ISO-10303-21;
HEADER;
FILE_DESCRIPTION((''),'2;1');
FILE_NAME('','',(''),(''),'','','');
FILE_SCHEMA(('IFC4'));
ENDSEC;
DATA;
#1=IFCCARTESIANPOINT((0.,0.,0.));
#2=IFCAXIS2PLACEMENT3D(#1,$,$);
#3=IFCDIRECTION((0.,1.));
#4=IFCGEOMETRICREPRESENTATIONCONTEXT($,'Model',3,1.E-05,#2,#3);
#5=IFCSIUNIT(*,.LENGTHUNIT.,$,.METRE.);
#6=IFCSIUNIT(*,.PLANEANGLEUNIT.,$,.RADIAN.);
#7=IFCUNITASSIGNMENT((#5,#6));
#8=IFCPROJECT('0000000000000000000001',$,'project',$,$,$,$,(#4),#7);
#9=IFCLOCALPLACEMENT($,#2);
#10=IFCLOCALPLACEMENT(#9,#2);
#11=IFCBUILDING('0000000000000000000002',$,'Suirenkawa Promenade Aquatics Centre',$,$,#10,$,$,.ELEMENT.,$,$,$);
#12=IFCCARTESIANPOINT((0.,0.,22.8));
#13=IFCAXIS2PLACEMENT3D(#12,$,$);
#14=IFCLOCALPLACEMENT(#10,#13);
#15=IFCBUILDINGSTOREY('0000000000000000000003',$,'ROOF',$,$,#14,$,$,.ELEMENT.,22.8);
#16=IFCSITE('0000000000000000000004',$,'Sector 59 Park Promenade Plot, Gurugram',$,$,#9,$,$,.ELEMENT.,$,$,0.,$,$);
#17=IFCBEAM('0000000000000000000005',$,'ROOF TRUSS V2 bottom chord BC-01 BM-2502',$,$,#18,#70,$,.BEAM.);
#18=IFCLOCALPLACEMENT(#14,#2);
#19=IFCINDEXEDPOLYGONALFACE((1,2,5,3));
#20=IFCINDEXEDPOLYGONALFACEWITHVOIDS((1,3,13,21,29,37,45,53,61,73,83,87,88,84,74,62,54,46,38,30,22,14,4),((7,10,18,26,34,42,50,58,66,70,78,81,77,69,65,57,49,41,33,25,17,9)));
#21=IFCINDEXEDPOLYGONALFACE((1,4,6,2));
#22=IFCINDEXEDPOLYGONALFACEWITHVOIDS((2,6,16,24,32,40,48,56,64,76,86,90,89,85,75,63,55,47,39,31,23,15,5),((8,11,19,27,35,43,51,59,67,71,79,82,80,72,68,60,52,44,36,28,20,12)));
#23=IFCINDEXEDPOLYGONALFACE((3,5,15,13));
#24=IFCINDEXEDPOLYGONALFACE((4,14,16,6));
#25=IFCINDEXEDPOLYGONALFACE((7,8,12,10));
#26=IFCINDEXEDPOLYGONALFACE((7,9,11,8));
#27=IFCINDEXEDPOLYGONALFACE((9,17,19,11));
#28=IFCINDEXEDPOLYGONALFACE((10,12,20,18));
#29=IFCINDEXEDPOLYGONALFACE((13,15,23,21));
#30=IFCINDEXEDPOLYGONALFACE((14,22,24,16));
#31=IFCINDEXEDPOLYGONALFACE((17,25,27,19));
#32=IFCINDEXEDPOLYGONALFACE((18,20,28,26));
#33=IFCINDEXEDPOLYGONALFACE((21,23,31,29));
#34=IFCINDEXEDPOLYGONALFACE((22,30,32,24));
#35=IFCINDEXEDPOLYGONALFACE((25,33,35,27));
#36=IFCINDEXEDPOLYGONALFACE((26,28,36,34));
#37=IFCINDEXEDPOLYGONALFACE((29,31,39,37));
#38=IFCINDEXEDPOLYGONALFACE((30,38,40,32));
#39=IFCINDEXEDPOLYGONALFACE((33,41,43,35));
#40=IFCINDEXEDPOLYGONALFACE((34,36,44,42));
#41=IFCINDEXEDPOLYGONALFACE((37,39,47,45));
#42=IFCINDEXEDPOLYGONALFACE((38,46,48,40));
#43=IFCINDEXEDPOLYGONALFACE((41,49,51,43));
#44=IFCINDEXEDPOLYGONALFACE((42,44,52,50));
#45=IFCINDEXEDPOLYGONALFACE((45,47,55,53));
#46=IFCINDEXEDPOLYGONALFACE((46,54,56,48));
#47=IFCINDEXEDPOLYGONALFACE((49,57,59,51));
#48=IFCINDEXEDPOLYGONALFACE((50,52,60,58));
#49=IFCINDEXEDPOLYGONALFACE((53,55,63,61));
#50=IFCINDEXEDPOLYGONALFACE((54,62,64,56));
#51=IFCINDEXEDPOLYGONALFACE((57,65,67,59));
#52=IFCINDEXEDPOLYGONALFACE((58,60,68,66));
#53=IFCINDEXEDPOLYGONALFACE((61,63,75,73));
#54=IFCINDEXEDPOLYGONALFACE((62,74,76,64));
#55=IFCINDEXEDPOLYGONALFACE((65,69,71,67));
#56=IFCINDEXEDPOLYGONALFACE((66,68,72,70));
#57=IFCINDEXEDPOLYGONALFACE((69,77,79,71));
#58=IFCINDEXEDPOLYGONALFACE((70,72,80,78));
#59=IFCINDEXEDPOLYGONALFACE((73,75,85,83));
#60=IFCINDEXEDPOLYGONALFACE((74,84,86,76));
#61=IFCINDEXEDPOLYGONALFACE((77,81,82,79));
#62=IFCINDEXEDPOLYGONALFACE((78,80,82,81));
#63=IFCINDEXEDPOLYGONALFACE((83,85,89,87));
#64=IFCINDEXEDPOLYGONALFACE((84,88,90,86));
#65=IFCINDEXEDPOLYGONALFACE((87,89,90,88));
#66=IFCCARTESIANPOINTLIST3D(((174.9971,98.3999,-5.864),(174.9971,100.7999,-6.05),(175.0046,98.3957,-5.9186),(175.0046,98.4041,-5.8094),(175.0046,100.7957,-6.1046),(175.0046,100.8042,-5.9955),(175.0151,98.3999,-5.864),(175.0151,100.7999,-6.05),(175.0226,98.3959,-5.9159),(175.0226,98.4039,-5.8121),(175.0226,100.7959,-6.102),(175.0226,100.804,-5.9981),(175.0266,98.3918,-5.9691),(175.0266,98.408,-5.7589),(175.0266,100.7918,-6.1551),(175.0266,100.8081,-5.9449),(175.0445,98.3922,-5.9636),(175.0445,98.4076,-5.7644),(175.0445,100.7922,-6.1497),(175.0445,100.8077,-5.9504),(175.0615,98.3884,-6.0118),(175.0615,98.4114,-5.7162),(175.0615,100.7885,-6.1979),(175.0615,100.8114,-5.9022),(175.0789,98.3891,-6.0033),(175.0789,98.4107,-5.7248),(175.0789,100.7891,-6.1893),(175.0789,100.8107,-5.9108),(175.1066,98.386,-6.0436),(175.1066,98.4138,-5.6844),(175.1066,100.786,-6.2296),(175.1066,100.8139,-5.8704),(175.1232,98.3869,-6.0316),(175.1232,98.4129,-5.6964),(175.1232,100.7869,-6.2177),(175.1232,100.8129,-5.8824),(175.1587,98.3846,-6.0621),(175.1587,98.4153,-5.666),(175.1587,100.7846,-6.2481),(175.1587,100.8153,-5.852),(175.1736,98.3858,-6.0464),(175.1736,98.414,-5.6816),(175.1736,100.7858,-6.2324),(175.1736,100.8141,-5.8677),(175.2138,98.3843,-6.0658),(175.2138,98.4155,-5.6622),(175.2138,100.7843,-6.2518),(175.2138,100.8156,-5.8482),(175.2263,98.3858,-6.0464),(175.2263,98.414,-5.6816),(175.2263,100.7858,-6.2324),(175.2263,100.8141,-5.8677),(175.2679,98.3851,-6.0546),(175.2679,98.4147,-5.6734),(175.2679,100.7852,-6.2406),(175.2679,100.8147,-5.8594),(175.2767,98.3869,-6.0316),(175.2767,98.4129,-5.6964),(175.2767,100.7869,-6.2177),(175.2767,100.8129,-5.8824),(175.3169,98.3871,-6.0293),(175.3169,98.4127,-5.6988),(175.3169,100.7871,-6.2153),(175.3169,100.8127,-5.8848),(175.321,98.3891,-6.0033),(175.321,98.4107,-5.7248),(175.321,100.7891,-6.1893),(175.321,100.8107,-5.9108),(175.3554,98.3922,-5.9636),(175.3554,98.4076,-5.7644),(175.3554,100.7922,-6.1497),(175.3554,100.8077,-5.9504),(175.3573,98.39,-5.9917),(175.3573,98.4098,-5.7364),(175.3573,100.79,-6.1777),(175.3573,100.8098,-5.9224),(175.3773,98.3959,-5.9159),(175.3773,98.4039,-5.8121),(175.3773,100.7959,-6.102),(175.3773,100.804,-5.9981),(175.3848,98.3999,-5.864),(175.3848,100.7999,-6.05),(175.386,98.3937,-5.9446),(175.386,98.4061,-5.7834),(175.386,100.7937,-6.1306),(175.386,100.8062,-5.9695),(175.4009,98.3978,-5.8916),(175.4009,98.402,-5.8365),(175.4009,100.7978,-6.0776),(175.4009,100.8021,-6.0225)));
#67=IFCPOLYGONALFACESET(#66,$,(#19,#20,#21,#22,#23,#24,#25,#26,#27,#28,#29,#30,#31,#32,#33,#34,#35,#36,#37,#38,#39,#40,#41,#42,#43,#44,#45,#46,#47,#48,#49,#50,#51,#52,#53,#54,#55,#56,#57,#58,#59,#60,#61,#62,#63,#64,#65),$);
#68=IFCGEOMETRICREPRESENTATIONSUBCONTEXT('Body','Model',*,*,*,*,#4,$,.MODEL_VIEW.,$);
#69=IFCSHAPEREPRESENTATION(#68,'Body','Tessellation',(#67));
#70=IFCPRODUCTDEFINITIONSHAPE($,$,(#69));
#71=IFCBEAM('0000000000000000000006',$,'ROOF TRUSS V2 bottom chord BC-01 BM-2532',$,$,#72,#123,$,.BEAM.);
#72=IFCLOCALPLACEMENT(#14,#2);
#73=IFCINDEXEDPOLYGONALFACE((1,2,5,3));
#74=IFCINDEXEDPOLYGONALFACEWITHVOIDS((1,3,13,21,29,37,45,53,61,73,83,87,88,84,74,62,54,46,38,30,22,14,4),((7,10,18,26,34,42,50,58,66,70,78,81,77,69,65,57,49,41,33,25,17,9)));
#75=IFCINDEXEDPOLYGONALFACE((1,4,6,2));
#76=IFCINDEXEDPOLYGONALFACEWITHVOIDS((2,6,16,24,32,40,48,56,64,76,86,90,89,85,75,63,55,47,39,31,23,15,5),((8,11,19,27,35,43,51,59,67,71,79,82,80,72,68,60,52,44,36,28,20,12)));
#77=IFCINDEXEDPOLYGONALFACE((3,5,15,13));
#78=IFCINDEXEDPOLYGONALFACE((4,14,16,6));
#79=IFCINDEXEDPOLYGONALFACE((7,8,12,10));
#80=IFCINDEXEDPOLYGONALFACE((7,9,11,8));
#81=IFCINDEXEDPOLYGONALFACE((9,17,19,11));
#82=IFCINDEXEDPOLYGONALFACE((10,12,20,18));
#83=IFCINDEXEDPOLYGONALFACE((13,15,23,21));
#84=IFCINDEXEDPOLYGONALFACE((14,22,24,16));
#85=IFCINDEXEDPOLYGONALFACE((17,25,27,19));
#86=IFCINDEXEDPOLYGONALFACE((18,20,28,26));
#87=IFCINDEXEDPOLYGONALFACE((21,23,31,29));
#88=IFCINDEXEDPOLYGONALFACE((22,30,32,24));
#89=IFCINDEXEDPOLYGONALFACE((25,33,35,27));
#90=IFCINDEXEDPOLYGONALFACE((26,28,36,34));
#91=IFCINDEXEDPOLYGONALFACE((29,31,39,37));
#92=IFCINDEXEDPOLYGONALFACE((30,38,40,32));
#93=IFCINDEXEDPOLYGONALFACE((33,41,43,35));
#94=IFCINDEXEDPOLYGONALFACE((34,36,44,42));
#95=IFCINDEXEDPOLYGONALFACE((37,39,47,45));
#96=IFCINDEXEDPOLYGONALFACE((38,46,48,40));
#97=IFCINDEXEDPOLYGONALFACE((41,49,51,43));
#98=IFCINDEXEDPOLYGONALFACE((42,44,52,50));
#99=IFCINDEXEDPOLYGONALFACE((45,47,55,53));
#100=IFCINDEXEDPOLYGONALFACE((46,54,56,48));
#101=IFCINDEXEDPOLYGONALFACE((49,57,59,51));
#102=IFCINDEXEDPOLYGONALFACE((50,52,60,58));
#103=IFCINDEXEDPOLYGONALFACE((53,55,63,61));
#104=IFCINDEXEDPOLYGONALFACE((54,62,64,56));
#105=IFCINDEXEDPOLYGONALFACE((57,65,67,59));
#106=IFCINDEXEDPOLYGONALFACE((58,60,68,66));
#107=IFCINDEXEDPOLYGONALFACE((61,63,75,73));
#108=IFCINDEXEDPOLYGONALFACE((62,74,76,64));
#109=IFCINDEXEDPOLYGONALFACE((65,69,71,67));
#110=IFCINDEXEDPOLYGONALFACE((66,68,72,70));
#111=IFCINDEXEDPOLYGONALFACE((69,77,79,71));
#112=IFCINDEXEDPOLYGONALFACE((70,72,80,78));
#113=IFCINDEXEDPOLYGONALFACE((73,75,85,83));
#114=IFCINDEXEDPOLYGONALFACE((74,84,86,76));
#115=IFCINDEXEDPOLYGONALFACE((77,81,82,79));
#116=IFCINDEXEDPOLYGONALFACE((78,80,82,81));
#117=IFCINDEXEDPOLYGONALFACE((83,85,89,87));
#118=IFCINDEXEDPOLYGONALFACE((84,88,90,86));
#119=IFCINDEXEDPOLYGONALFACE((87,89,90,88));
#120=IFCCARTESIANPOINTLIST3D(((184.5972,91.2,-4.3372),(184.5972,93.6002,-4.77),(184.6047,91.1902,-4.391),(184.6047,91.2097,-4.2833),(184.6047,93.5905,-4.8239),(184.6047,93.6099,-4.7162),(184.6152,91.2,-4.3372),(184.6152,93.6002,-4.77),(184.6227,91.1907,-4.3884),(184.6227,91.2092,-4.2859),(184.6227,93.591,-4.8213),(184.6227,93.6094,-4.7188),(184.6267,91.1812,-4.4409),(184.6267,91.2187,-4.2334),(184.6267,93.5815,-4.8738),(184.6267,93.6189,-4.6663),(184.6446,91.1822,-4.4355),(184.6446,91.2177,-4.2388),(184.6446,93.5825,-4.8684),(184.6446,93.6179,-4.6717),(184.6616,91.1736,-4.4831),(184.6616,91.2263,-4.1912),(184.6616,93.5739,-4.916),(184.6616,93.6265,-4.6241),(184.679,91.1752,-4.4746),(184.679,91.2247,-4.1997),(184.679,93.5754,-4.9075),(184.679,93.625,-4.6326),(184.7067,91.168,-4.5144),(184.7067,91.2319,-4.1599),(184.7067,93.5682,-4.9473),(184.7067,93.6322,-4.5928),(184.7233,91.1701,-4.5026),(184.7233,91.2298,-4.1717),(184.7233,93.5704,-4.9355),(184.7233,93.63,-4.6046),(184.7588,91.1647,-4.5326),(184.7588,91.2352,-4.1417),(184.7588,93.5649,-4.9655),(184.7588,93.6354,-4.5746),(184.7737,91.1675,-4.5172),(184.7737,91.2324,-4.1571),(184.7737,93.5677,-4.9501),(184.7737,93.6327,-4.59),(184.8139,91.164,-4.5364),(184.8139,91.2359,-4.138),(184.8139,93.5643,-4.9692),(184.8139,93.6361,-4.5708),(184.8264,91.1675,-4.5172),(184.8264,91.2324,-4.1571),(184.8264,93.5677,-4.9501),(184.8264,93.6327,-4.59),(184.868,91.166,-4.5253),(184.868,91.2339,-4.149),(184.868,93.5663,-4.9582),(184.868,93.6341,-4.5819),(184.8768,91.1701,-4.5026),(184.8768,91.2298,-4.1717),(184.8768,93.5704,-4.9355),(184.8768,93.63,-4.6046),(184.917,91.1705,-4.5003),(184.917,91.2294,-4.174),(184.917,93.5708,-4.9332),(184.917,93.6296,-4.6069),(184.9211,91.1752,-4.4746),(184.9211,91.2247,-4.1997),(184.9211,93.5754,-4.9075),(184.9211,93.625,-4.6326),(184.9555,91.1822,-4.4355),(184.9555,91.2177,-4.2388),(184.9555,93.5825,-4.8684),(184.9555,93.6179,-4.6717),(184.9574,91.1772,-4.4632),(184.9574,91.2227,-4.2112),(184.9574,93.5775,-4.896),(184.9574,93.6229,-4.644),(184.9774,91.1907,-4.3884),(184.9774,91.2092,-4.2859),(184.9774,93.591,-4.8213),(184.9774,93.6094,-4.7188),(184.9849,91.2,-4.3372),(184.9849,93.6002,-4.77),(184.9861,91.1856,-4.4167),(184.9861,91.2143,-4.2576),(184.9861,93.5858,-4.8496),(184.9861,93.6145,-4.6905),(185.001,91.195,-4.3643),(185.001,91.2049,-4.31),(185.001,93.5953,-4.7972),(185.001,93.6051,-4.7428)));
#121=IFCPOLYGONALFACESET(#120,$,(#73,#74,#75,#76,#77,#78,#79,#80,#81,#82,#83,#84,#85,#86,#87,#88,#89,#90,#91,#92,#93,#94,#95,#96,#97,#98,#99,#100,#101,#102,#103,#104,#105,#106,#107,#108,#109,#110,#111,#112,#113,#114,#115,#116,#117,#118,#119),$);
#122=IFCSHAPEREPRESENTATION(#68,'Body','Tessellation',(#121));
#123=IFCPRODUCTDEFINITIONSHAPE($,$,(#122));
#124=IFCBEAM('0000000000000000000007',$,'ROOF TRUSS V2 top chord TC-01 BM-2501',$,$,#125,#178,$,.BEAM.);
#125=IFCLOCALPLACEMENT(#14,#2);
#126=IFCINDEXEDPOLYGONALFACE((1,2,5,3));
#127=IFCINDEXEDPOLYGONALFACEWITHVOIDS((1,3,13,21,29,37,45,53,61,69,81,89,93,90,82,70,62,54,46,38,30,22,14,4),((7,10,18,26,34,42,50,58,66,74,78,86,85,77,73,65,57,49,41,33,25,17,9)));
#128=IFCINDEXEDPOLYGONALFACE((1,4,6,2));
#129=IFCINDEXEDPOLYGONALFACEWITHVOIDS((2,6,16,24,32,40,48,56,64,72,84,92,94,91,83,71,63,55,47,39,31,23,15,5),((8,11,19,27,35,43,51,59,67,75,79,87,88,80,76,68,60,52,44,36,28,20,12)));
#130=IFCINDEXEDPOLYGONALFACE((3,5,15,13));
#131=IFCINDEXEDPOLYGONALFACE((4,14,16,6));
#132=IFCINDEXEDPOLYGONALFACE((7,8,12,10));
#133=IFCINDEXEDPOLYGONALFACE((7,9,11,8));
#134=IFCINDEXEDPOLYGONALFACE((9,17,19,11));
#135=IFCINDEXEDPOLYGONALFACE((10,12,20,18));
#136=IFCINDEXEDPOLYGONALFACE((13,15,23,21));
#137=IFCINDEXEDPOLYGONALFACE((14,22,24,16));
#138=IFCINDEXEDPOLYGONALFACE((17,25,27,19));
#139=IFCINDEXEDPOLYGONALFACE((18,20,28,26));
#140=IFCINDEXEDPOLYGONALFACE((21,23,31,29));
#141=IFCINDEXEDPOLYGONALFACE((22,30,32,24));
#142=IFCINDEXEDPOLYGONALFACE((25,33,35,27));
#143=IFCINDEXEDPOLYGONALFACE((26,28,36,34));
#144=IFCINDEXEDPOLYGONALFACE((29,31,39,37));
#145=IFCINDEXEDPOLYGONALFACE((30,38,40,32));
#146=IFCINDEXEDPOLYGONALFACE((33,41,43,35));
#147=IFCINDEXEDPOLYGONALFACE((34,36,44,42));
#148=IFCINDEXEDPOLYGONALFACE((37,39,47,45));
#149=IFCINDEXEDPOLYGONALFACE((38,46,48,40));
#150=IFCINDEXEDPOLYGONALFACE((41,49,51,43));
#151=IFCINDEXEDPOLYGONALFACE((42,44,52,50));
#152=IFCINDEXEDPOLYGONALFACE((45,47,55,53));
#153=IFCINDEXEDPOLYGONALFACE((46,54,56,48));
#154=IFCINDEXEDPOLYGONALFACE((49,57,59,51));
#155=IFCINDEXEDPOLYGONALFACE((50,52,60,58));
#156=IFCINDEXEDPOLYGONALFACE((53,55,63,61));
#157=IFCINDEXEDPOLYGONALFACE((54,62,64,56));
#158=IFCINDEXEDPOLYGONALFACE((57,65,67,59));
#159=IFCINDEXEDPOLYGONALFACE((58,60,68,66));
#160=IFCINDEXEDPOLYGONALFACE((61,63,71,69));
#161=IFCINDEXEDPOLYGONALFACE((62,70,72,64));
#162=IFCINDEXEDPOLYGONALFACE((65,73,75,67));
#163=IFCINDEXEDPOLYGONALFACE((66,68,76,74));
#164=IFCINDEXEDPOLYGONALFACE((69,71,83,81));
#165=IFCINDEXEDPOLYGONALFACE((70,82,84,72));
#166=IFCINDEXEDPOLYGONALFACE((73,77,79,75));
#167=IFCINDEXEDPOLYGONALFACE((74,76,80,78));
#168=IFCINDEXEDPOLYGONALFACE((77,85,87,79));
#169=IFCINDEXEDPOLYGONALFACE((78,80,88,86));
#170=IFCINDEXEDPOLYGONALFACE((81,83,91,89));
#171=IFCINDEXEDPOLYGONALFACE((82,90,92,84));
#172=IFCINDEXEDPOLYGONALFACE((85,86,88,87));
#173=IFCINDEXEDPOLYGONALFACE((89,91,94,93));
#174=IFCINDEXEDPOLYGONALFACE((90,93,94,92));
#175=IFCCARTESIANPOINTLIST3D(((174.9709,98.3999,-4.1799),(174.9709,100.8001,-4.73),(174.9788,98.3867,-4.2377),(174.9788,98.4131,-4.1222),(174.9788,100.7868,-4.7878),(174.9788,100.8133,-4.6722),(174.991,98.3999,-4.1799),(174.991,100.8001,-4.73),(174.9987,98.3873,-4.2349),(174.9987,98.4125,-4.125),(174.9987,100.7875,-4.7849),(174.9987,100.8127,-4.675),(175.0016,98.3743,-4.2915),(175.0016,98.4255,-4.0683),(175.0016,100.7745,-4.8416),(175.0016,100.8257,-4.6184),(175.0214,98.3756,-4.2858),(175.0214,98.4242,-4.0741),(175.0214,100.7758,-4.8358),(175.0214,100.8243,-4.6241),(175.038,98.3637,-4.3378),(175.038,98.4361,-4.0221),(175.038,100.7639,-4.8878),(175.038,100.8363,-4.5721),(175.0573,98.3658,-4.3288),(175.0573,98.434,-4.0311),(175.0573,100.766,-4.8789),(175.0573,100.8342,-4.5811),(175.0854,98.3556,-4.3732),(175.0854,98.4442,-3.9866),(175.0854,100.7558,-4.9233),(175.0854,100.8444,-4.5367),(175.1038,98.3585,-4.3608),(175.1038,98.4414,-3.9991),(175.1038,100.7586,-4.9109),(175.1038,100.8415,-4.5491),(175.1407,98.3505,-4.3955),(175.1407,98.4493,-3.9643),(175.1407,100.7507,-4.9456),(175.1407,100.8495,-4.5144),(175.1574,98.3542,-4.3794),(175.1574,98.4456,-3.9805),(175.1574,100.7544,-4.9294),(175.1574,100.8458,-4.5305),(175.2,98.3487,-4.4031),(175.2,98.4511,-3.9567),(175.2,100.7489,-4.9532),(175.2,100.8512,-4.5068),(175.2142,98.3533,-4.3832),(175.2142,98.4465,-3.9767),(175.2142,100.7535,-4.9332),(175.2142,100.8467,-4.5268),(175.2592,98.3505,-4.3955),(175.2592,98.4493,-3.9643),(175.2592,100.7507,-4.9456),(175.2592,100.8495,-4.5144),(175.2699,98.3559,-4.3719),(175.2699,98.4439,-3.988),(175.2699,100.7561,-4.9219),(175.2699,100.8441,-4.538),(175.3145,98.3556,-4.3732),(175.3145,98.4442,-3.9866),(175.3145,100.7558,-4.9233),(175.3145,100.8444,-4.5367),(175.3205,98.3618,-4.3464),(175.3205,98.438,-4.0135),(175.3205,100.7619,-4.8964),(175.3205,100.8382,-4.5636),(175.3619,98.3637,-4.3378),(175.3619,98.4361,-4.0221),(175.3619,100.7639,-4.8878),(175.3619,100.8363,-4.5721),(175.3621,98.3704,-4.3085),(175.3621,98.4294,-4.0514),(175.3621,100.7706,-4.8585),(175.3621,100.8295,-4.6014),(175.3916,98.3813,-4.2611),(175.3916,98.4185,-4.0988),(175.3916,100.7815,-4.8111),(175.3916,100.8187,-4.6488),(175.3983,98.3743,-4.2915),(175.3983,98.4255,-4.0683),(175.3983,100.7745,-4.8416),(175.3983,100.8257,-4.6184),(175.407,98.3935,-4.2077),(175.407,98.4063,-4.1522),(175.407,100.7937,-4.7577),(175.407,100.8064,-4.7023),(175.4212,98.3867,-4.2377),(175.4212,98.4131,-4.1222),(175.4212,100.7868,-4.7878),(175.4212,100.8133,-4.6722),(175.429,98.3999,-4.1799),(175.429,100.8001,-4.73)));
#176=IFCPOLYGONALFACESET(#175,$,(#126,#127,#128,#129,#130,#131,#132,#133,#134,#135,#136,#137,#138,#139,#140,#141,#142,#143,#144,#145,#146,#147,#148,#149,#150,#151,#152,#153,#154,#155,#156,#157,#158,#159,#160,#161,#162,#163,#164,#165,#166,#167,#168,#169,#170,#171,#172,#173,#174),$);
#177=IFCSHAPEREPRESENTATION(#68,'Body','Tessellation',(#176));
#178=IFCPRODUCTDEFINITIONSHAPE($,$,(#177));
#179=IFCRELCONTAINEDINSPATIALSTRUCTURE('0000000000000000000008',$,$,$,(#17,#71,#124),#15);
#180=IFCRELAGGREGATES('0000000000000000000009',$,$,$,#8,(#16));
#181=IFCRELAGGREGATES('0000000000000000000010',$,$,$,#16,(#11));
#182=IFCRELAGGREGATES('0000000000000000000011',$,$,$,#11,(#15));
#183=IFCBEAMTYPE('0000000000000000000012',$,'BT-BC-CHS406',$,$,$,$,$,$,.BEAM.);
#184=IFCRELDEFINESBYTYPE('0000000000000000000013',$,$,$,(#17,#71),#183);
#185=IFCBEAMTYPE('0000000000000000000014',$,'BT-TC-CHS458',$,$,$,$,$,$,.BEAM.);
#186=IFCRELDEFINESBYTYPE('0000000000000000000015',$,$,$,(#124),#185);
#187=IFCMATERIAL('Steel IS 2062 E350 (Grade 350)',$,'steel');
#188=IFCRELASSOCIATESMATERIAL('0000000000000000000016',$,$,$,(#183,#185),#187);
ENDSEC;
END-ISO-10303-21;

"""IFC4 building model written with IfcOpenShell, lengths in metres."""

from ifc_helpers import new_model, si_unit, direction, frame, origin, origin_2d, place, context, subcontext, project, spatial, hollow_circle, extrude, material, material_profile, profile_set, type_object, element, save


model = new_model("IFC4")

# Units and contexts
model_context = context("Model", 3, precision=1e-05, world=origin(), true_north=direction((0.0, 1.0)))
body_context = subcontext(model_context, "Body", "Model", "MODEL_VIEW")
ifc_project = project(units=[si_unit("LENGTHUNIT", "METRE"), si_unit("PLANEANGLEUNIT", "RADIAN")], contexts=[model_context])

# Site, building, storey
site_placement = place(None, origin())
site = spatial("IfcSite", under=ifc_project, at=site_placement, Name="Sector 59 Park Promenade Plot, Gurugram", CompositionType="ELEMENT", RefElevation=0.0)
building_placement = place(site_placement, origin())
building = spatial("IfcBuilding", under=site, at=building_placement, Name="Suirenkawa Promenade Aquatics Centre", CompositionType="ELEMENT")
storey_placement = place(building_placement, frame((0.0, 0.0, 22.8)))
storey = spatial("IfcBuildingStorey", under=building, at=storey_placement, Name="ROOF", CompositionType="ELEMENT", Elevation=22.8)

# Beams
ifc_material = material(Name="Steel IS 2062 E350 (Grade 350)", Category="steel")
ifc_material_profile_1 = material_profile(ifc_material, hollow_circle(Radius=0.2029, WallThickness=0.0181, at=origin_2d()), Name="CHS 406x18", Category="steel")
ifc_profile_set_1 = profile_set([ifc_material_profile_1], Name="Steel IS 2062 E350 (Grade 350)")
beam_type_1 = type_object("IfcBeamType", Name="BT-BC-CHS406", PredefinedType="BEAM", material=ifc_profile_set_1)
beam_1_placement = place(storey_placement, frame((175.2, 98.3999, -5.864), z_axis=(0.0, 0.99701, -0.077278), x_axis=(-1.0, 0.0, 0.0)))
element("IfcBeam", 1, at=beam_1_placement, inside=storey, type_object=beam_type_1, Name="ROOF TRUSS V2 bottom chord BC-01 BM-2502", PredefinedType="BEAM", context=body_context, shape_type="SweptSolid", body=[
    extrude(hollow_circle(Radius=0.2029, WallThickness=0.0181, at=origin_2d()), origin(), (0.0, 0.0, 1.0), 2.4072),
])
beam_2_placement = place(storey_placement, frame((184.8, 91.2, -4.3372), z_axis=(0.0, 0.984124, -0.177485), x_axis=(-1.0, 0.0, 0.0)))
element("IfcBeam", 2, at=beam_2_placement, inside=storey, type_object=beam_type_1, Name="ROOF TRUSS V2 bottom chord BC-01 BM-2532", PredefinedType="BEAM", context=body_context, shape_type="SweptSolid", body=[
    extrude(hollow_circle(Radius=0.2029, WallThickness=0.0181, at=origin_2d()), origin(), (0.0, 0.0, 1.0), 2.439),
])
ifc_material_profile_2 = material_profile(ifc_material, hollow_circle(Radius=0.229, WallThickness=0.02, at=origin_2d()), Name="CHS 458x20", Category="steel")
ifc_profile_set_2 = profile_set([ifc_material_profile_2], Name="Steel IS 2062 E350 (Grade 350)")
beam_type_2 = type_object("IfcBeamType", Name="BT-TC-CHS458", PredefinedType="BEAM", material=ifc_profile_set_2)
for number, where, z_axis, x_axis, name in (
    (3, (175.2, 98.3999, -4.1799), (0.0, 0.974731, -0.223382), (-1.0, 0.0, 0.0), "ROOF TRUSS V2 top chord TC-01 BM-2501"),
):
    element("IfcBeam", number, at=place(storey_placement, frame(where, z_axis=z_axis, x_axis=x_axis)), inside=storey, type_object=beam_type_2, Name=name, PredefinedType="BEAM", context=body_context, shape_type="SweptSolid", body=[
        extrude(hollow_circle(Radius=0.229, WallThickness=0.02, at=origin_2d()), origin(), (0.0, 0.0, 1.0), 2.4624),
    ])

save(model, "model.ifc")
